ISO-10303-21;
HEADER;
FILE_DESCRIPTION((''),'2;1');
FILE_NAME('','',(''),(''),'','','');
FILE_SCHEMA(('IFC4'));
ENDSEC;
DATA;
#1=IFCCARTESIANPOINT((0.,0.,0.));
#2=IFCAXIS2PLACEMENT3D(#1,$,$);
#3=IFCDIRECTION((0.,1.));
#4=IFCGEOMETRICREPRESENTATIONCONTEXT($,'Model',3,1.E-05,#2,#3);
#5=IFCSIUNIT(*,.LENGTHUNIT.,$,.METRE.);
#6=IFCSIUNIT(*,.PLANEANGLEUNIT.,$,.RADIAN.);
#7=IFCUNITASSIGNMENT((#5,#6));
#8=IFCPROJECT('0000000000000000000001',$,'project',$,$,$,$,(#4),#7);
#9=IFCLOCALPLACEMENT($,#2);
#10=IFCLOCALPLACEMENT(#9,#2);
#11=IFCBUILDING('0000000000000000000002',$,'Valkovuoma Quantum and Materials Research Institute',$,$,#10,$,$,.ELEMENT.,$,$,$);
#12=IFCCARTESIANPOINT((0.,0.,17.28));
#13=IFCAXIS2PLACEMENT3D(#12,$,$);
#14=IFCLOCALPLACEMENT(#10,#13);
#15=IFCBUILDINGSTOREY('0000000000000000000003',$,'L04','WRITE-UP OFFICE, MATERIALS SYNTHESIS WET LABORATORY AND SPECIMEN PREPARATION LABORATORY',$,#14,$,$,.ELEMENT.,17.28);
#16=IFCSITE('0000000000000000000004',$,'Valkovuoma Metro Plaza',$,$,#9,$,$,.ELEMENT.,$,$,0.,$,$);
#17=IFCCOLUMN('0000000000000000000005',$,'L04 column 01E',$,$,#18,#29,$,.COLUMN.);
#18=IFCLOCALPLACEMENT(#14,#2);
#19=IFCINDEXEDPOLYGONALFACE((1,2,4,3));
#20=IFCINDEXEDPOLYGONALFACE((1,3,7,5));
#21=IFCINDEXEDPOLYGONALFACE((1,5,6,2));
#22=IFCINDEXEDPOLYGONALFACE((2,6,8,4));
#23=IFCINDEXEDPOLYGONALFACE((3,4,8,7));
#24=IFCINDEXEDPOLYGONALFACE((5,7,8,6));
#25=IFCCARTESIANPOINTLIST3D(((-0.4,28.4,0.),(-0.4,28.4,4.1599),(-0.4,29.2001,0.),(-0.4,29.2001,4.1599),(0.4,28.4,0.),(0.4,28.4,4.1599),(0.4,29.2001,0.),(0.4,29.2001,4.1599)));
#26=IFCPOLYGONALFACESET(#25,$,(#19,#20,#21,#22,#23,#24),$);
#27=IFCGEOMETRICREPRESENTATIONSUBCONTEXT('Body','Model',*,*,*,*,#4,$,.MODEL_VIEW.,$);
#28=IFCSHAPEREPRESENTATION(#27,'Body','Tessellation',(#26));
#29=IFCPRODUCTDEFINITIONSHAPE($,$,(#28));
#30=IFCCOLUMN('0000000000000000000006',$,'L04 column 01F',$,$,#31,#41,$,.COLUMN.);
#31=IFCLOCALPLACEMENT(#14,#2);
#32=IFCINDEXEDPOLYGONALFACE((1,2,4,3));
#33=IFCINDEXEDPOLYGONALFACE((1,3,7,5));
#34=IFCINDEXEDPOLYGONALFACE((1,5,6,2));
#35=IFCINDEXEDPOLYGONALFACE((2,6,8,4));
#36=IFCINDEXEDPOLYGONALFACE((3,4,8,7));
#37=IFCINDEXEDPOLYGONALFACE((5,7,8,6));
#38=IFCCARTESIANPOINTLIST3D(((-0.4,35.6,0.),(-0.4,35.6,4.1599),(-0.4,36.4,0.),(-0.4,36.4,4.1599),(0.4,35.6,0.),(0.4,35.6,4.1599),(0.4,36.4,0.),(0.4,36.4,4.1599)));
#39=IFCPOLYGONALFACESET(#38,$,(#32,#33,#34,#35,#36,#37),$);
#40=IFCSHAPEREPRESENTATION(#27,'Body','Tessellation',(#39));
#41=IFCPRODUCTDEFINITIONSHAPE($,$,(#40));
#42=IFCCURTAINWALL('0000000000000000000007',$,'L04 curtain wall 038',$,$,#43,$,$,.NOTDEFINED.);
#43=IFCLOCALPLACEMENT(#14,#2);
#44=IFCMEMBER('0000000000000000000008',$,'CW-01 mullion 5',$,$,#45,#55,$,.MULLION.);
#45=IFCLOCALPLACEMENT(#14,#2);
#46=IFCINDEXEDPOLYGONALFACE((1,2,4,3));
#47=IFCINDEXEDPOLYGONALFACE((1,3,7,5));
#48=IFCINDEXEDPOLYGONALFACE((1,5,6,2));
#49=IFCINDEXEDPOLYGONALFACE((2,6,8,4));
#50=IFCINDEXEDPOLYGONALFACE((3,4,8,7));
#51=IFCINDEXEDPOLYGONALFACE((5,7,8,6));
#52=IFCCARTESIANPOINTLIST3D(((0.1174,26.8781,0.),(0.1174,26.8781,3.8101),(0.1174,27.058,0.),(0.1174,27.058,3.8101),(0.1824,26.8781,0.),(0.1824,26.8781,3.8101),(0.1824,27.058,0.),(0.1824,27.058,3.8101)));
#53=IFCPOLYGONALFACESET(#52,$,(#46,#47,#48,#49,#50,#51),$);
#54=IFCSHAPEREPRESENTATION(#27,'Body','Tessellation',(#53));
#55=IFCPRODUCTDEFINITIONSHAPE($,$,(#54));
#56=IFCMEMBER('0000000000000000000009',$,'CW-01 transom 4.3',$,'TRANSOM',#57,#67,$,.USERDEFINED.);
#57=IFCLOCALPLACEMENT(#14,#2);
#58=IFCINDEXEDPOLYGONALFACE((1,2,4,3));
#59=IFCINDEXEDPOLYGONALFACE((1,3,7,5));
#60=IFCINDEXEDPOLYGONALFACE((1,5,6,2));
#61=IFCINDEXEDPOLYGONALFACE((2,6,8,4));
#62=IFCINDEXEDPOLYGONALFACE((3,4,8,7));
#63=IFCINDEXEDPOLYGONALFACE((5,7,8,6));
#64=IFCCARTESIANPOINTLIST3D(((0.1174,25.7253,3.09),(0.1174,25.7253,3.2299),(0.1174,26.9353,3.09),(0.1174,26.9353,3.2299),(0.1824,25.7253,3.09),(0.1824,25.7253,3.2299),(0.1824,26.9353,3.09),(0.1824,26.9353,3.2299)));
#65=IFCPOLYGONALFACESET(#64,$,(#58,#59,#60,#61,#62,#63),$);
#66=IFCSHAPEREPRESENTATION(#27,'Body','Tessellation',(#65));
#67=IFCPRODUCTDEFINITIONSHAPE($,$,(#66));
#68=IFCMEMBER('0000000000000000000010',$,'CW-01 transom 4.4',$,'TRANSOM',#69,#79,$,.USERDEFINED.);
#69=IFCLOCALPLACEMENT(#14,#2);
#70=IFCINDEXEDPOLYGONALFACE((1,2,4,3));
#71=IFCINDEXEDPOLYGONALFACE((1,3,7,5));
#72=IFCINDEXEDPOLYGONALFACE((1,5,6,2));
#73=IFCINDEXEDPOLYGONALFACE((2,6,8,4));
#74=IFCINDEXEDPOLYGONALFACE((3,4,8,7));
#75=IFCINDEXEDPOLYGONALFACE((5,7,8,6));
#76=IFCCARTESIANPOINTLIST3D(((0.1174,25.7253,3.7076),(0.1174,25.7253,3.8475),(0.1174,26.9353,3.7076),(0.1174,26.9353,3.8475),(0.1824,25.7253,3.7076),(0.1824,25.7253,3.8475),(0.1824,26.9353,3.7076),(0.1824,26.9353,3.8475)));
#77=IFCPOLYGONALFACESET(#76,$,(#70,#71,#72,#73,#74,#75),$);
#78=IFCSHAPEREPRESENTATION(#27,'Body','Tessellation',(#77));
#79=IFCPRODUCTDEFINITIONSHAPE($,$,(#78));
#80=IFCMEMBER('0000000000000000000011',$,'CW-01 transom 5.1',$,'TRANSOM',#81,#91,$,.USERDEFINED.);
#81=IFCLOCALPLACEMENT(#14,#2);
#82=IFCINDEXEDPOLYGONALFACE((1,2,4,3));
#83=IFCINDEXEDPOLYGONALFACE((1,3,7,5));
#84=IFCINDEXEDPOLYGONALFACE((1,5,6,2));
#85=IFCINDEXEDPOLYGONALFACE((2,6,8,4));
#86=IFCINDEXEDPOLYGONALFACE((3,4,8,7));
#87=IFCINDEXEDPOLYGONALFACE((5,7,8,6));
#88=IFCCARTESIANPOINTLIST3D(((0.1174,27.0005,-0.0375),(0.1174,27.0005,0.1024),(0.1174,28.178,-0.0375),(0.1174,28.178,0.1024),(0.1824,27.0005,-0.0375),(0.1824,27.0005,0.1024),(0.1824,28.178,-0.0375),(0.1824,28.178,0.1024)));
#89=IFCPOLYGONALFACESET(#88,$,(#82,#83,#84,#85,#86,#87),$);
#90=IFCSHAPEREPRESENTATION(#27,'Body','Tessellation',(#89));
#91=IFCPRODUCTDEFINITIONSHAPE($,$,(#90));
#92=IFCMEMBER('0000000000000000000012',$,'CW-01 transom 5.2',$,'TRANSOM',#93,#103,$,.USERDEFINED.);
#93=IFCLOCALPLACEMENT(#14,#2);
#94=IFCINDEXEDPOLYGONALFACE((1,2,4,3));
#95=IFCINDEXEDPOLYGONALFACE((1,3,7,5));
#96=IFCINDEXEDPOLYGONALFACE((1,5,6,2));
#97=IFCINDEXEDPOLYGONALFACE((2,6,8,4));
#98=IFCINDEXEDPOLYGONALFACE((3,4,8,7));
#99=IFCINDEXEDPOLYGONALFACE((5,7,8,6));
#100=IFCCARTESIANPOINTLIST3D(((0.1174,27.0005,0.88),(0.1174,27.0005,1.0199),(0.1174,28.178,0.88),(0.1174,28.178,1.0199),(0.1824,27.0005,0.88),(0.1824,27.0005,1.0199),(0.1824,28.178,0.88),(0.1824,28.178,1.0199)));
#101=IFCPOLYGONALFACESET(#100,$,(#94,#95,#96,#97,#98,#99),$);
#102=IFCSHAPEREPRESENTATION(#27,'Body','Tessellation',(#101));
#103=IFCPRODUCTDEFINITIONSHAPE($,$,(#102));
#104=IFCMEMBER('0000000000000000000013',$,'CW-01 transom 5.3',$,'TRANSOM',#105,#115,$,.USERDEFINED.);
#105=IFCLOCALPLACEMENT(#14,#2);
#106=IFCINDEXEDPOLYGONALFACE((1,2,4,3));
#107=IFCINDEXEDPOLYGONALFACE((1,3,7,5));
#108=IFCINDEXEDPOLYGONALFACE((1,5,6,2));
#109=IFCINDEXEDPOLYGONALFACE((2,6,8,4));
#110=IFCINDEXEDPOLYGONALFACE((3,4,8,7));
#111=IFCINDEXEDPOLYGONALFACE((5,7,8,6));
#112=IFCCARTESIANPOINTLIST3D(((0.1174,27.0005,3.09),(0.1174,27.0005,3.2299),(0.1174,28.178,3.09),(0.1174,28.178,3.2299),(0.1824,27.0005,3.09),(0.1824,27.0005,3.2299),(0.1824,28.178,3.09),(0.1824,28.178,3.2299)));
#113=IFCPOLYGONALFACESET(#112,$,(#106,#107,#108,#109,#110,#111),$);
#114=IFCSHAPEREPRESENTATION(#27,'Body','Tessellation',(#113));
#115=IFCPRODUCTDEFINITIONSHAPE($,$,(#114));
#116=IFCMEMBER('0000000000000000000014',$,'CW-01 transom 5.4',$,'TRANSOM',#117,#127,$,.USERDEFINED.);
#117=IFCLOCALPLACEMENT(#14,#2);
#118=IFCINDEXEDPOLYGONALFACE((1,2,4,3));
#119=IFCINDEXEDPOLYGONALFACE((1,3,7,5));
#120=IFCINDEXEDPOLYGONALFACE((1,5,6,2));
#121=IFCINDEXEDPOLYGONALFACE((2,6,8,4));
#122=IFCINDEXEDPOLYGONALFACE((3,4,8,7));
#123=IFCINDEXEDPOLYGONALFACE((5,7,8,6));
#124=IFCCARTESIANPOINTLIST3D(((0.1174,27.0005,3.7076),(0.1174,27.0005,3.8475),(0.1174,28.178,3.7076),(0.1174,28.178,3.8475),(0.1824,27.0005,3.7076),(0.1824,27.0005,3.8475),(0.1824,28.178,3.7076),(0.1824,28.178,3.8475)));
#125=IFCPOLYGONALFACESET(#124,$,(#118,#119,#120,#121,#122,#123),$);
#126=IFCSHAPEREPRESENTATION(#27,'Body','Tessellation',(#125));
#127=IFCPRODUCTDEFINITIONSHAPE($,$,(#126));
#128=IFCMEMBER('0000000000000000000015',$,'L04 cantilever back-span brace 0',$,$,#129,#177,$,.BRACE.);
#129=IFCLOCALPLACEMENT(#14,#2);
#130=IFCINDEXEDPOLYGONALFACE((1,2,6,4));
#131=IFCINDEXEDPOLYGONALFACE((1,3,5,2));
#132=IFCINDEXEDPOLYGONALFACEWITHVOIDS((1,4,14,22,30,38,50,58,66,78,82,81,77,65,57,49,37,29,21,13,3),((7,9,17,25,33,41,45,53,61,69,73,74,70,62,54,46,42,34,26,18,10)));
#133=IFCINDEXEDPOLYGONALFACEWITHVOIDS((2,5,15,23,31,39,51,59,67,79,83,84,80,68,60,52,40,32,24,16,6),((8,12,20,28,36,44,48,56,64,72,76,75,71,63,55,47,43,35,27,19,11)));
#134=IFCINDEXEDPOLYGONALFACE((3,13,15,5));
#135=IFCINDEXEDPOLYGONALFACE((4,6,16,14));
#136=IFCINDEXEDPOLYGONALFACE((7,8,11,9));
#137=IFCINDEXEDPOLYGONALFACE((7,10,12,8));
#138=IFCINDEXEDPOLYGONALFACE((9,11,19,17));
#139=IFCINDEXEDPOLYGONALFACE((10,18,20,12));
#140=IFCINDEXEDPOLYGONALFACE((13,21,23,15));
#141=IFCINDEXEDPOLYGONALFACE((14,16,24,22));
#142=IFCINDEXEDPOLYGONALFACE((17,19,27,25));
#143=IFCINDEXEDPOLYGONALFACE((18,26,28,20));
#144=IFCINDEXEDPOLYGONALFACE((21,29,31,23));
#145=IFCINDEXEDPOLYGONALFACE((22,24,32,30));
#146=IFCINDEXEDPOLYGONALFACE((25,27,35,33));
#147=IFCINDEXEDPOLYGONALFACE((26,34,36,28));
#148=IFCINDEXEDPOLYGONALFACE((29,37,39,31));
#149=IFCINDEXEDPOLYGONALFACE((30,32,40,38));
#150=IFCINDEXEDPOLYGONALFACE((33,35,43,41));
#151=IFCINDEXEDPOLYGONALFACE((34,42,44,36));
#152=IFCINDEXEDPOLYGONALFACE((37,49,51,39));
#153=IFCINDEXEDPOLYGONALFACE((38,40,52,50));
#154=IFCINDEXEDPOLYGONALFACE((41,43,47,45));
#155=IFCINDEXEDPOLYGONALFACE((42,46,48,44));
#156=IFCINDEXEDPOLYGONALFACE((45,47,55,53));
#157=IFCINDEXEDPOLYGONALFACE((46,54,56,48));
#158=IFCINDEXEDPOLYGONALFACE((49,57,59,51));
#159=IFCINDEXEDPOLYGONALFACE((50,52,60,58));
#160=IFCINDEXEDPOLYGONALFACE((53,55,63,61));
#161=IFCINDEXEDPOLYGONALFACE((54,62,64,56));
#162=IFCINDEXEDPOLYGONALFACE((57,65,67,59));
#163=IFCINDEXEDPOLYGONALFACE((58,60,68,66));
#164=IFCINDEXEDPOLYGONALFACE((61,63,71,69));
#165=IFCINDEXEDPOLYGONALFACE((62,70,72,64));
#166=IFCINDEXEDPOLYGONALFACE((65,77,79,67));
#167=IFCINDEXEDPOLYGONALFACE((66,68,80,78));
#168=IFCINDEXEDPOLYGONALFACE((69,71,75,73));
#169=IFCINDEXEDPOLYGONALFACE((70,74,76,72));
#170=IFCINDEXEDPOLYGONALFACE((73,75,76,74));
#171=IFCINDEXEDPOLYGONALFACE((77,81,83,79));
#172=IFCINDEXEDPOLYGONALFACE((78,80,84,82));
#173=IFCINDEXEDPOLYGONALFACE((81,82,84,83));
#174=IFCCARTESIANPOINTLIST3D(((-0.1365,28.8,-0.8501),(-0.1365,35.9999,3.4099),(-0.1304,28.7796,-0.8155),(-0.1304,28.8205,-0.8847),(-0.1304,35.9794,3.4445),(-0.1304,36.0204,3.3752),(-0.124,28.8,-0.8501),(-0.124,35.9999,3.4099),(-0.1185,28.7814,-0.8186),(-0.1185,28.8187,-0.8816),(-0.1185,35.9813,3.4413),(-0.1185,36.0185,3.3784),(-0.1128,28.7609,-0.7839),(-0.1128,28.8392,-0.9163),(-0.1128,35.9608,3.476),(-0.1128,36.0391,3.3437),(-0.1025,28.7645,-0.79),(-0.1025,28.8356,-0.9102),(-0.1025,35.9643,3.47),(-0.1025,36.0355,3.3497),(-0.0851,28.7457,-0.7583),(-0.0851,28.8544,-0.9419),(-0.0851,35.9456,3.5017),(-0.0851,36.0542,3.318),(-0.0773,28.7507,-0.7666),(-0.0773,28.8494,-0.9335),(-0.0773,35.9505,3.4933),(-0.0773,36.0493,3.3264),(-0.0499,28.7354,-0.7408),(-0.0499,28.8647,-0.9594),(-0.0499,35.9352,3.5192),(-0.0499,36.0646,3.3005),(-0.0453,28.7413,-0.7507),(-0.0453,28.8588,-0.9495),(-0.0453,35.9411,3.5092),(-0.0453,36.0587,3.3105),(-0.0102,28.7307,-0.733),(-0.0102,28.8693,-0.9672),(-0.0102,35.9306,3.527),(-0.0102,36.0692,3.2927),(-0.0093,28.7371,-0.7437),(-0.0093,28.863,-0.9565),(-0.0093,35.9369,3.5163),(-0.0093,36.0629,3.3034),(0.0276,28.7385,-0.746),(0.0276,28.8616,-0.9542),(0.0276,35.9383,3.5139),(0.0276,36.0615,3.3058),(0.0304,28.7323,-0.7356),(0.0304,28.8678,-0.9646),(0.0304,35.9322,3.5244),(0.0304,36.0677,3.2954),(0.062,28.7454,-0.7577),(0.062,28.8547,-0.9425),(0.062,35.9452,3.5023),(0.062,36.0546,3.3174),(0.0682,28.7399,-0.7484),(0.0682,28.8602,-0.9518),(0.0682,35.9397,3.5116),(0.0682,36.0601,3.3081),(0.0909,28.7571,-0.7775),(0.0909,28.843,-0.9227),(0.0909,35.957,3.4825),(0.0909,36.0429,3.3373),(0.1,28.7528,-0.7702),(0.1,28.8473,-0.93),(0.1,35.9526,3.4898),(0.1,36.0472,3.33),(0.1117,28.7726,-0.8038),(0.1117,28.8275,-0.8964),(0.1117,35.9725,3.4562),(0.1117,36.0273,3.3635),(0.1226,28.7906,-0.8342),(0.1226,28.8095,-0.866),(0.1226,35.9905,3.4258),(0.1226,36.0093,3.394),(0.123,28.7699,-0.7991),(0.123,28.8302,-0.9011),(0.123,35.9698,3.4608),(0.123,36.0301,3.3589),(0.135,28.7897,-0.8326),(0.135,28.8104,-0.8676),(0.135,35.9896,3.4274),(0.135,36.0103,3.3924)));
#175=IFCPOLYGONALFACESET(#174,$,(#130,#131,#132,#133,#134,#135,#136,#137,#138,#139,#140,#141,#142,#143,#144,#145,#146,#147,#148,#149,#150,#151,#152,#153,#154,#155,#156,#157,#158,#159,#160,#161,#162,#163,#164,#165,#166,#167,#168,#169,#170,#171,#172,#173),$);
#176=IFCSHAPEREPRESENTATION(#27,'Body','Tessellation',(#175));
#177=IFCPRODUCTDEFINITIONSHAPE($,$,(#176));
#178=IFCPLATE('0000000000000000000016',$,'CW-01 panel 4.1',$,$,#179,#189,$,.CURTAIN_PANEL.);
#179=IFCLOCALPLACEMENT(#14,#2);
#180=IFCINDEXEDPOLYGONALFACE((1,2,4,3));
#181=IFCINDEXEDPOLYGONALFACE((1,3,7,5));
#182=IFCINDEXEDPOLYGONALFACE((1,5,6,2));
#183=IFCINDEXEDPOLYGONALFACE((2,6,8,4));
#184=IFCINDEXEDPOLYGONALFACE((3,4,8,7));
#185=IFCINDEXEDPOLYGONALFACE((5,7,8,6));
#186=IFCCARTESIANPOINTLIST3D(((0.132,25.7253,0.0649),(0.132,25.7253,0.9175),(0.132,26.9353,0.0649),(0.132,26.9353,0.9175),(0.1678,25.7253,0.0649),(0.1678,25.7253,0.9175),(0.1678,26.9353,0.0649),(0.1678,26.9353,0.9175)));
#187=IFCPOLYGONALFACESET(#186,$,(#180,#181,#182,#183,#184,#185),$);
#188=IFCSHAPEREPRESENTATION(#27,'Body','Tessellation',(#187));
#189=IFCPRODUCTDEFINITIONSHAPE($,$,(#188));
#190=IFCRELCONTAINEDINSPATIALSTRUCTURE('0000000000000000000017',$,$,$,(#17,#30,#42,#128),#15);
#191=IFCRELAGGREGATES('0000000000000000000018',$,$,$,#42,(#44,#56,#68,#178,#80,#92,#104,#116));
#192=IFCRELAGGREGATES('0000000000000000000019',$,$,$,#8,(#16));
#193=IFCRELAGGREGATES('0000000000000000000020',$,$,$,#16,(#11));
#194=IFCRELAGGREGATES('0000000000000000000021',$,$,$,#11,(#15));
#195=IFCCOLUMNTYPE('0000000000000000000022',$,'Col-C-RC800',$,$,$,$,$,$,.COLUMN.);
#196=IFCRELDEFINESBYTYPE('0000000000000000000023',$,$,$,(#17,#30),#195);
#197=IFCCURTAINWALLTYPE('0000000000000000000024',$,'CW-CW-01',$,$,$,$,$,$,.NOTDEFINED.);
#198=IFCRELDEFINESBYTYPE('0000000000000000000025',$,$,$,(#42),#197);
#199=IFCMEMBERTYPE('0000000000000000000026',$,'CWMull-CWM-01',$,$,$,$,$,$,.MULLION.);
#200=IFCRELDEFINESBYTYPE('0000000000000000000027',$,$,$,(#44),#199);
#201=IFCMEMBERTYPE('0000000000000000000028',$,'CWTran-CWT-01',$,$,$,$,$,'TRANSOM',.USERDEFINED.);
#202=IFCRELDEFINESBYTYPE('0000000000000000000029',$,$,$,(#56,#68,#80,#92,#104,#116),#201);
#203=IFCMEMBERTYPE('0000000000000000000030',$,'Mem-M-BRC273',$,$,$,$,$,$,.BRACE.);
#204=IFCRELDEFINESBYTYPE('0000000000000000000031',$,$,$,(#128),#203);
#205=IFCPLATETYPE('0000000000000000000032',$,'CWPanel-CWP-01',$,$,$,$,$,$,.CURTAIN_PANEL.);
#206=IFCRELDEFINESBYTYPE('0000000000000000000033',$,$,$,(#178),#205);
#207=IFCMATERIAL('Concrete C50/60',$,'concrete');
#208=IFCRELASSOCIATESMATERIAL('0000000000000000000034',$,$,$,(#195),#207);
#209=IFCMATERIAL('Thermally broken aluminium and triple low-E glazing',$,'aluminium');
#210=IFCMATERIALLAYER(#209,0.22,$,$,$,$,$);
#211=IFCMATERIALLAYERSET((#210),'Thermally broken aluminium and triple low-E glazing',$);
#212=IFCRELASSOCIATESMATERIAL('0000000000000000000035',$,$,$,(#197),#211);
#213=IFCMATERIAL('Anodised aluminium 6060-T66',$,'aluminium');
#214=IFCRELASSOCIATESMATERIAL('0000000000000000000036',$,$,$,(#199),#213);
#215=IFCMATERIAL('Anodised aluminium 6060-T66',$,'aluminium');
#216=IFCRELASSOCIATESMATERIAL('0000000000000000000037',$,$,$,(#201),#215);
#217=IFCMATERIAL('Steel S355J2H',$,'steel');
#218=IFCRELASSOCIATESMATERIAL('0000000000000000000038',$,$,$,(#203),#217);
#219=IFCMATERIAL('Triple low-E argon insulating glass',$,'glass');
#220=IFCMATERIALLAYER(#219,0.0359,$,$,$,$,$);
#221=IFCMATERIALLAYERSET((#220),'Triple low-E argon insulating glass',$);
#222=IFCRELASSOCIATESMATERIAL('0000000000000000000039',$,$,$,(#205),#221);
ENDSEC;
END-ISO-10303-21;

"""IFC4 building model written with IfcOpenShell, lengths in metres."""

from ifc_helpers import new_model, si_unit, direction, frame, origin, origin_2d, place, context, subcontext, project, spatial, rectangle, hollow_circle, extrude, material, layer, layer_set, material_profile, profile_set, type_object, element, aggregate, save


model = new_model("IFC4")

# Units and contexts
model_context = context("Model", 3, precision=1e-05, world=origin(), true_north=direction((0.0, 1.0)))
body_context = subcontext(model_context, "Body", "Model", "MODEL_VIEW")
ifc_project = project(units=[si_unit("LENGTHUNIT", "METRE"), si_unit("PLANEANGLEUNIT", "RADIAN")], contexts=[model_context])

# Site, building, storey
site_placement = place(None, origin())
site = spatial("IfcSite", under=ifc_project, at=site_placement, Name="Valkovuoma Metro Plaza", CompositionType="ELEMENT", RefElevation=0.0)
building_placement = place(site_placement, origin())
building = spatial("IfcBuilding", under=site, at=building_placement, Name="Valkovuoma Quantum and Materials Research Institute", CompositionType="ELEMENT")
storey_placement = place(building_placement, frame((0.0, 0.0, 17.28)))
storey = spatial("IfcBuildingStorey", under=building, at=storey_placement, Name="L04", Description="WRITE-UP OFFICE, MATERIALS SYNTHESIS WET LABORATORY AND SPECIMEN PREPARATION LABORATORY", CompositionType="ELEMENT", Elevation=17.28)

# Columns
ifc_material_1 = material(Name="Concrete C50/60", Category="concrete")
ifc_material_profile_1 = material_profile(ifc_material_1, rectangle(XDim=0.8, YDim=0.8, at=origin_2d()), Name="Concrete C50/60")
ifc_profile_set_1 = profile_set([ifc_material_profile_1], Name="Concrete C50/60")
column_type = type_object("IfcColumnType", Name="Col-C-RC800", PredefinedType="COLUMN", material=ifc_profile_set_1)
for number, where, z_axis, x_axis, name in (
    (1, (0.0, 28.8, 0.0), (0.0, 0.0, 1.0), (1.0, 0.0, 0.0), "L04 column 01E"),
    (2, (0.0, 36.0, 0.0), (0.0, 0.0, 1.0), (1.0, 0.0, 0.0), "L04 column 01F"),
):
    element("IfcColumn", number, at=place(storey_placement, frame(where, z_axis=z_axis, x_axis=x_axis)), inside=storey, type_object=column_type, Name=name, PredefinedType="COLUMN", context=body_context, shape_type="SweptSolid", body=[
        extrude(rectangle(XDim=0.8, YDim=0.8, at=origin_2d()), origin(), (0.0, 0.0, 1.0), 4.1599),
    ])

# Curtain wall, members
ifc_material_2 = material(Name="Thermally broken aluminium and triple low-E glazing", Category="aluminium")
ifc_layer_1 = layer(ifc_material_2, 0.22)
ifc_layer_set_1 = layer_set([ifc_layer_1], Name="Thermally broken aluminium and triple low-E glazing")
curtain_wall_type = type_object("IfcCurtainWallType", Name="CW-CW-01", PredefinedType="NOTDEFINED", material=ifc_layer_set_1)
curtain_wall_placement = place(storey_placement, origin())
curtain_wall = element("IfcCurtainWall", 3, at=curtain_wall_placement, inside=storey, type_object=curtain_wall_type, Name="L04 curtain wall 038", PredefinedType="NOTDEFINED")
ifc_material_3 = material(Name="Anodised aluminium 6060-T66", Category="aluminium")
ifc_material_profile_2 = material_profile(ifc_material_3, rectangle(XDim=0.0649, YDim=0.1799, at=origin_2d()), Name="Anodised aluminium 6060-T66")
ifc_profile_set_2 = profile_set([ifc_material_profile_2], Name="Anodised aluminium 6060-T66")
member_type_1 = type_object("IfcMemberType", Name="CWMull-CWM-01", PredefinedType="MULLION", material=ifc_profile_set_2)
member_1_placement = place(storey_placement, frame((0.1499, 26.968, 0.0), z_axis=(0.0, 0.0, 1.0), x_axis=(-1.0, 0.0, 0.0)))
member_1 = element("IfcMember", 4, at=member_1_placement, type_object=member_type_1, Name="CW-01 mullion 5", PredefinedType="MULLION", context=body_context, shape_type="SweptSolid", body=[
    extrude(rectangle(XDim=0.0649, YDim=0.1799, at=origin_2d()), origin(), (0.0, 0.0, 1.0), 3.8101),
])
ifc_material_4 = material(Name="Anodised aluminium 6060-T66", Category="aluminium")
ifc_material_profile_3 = material_profile(ifc_material_4, rectangle(XDim=0.0649, YDim=0.1399, at=origin_2d()), Name="Anodised aluminium 6060-T66")
ifc_profile_set_3 = profile_set([ifc_material_profile_3], Name="Anodised aluminium 6060-T66")
member_type_2 = type_object("IfcMemberType", Name="CWTran-CWT-01", ElementType="TRANSOM", PredefinedType="USERDEFINED", material=ifc_profile_set_3)
member_2_placement = place(storey_placement, frame((0.1499, 25.7253, 3.1599), z_axis=(0.0, 1.0, 0.0), x_axis=(-1.0, 0.0, 0.0)))
member_2 = element("IfcMember", 5, at=member_2_placement, type_object=member_type_2, Name="CW-01 transom 4.3", ObjectType="TRANSOM", PredefinedType="USERDEFINED", context=body_context, shape_type="SweptSolid", body=[
    extrude(rectangle(XDim=0.0649, YDim=0.1399, at=origin_2d()), origin(), (0.0, 0.0, 1.0), 1.21),
])
member_3_placement = place(storey_placement, frame((0.1499, 25.7253, 3.7776), z_axis=(0.0, 1.0, 0.0), x_axis=(-1.0, 0.0, 0.0)))
member_3 = element("IfcMember", 6, at=member_3_placement, type_object=member_type_2, Name="CW-01 transom 4.4", ObjectType="TRANSOM", PredefinedType="USERDEFINED", context=body_context, shape_type="SweptSolid", body=[
    extrude(rectangle(XDim=0.0649, YDim=0.1399, at=origin_2d()), origin(), (0.0, 0.0, 1.0), 1.21),
])
member_4_placement = place(storey_placement, frame((0.1499, 27.0005, 0.0325), z_axis=(0.0, 1.0, 0.0), x_axis=(-1.0, 0.0, 0.0)))
member_4 = element("IfcMember", 7, at=member_4_placement, type_object=member_type_2, Name="CW-01 transom 5.1", ObjectType="TRANSOM", PredefinedType="USERDEFINED", context=body_context, shape_type="SweptSolid", body=[
    extrude(rectangle(XDim=0.0649, YDim=0.1399, at=origin_2d()), origin(), (0.0, 0.0, 1.0), 1.1775),
])
member_5_placement = place(storey_placement, frame((0.1499, 27.0005, 0.95), z_axis=(0.0, 1.0, 0.0), x_axis=(-1.0, 0.0, 0.0)))
member_5 = element("IfcMember", 8, at=member_5_placement, type_object=member_type_2, Name="CW-01 transom 5.2", ObjectType="TRANSOM", PredefinedType="USERDEFINED", context=body_context, shape_type="SweptSolid", body=[
    extrude(rectangle(XDim=0.0649, YDim=0.1399, at=origin_2d()), origin(), (0.0, 0.0, 1.0), 1.1775),
])
member_6_placement = place(storey_placement, frame((0.1499, 27.0005, 3.1599), z_axis=(0.0, 1.0, 0.0), x_axis=(-1.0, 0.0, 0.0)))
member_6 = element("IfcMember", 9, at=member_6_placement, type_object=member_type_2, Name="CW-01 transom 5.3", ObjectType="TRANSOM", PredefinedType="USERDEFINED", context=body_context, shape_type="SweptSolid", body=[
    extrude(rectangle(XDim=0.0649, YDim=0.1399, at=origin_2d()), origin(), (0.0, 0.0, 1.0), 1.1775),
])
member_7_placement = place(storey_placement, frame((0.1499, 27.0005, 3.7776), z_axis=(0.0, 1.0, 0.0), x_axis=(-1.0, 0.0, 0.0)))
member_7 = element("IfcMember", 10, at=member_7_placement, type_object=member_type_2, Name="CW-01 transom 5.4", ObjectType="TRANSOM", PredefinedType="USERDEFINED", context=body_context, shape_type="SweptSolid", body=[
    extrude(rectangle(XDim=0.0649, YDim=0.1399, at=origin_2d()), origin(), (0.0, 0.0, 1.0), 1.1775),
])

# Member
ifc_material_5 = material(Name="Steel S355J2H", Category="steel")
ifc_material_profile_4 = material_profile(ifc_material_5, hollow_circle(Radius=0.1365, WallThickness=0.0125, at=origin_2d()), Name="Steel S355J2H")
ifc_profile_set_4 = profile_set([ifc_material_profile_4], Name="Steel S355J2H")
member_type_3 = type_object("IfcMemberType", Name="Mem-M-BRC273", PredefinedType="BRACE", material=ifc_profile_set_4)
member_8_placement = place(storey_placement, frame((0.0, 28.8, -0.8501), z_axis=(0.0, 0.860639, 0.509216), x_axis=(-1.0, 0.0, 0.0)))
element("IfcMember", 11, at=member_8_placement, inside=storey, type_object=member_type_3, Name="L04 cantilever back-span brace 0", PredefinedType="BRACE", context=body_context, shape_type="SweptSolid", body=[
    extrude(hollow_circle(Radius=0.1365, WallThickness=0.0125, at=origin_2d()), origin(), (0.0, 0.0, 1.0), 8.3657),
])

# Plate
ifc_material_6 = material(Name="Triple low-E argon insulating glass", Category="glass")
ifc_layer_2 = layer(ifc_material_6, 0.0359)
ifc_layer_set_2 = layer_set([ifc_layer_2], Name="Triple low-E argon insulating glass")
plate_type_1 = type_object("IfcPlateType", Name="CWPanel-CWP-01", PredefinedType="CURTAIN_PANEL", material=ifc_layer_set_2)
plate_1_placement = place(storey_placement, frame((0.1499, 26.3303, 0.0649), z_axis=(0.0, 0.0, 1.0), x_axis=(0.0, 1.0, 0.0)))
plate_1 = element("IfcPlate", 12, at=plate_1_placement, type_object=plate_type_1, Name="CW-01 panel 4.1", PredefinedType="CURTAIN_PANEL", context=body_context, shape_type="SweptSolid", body=[
    extrude(rectangle(XDim=1.21, YDim=0.0359, at=origin_2d()), origin(), (0.0, 0.0, 1.0), 0.8525),
])
aggregate(curtain_wall, [member_1, member_2, member_3, plate_1, member_4, member_5, member_6, member_7])

save(model, "model.ifc")
